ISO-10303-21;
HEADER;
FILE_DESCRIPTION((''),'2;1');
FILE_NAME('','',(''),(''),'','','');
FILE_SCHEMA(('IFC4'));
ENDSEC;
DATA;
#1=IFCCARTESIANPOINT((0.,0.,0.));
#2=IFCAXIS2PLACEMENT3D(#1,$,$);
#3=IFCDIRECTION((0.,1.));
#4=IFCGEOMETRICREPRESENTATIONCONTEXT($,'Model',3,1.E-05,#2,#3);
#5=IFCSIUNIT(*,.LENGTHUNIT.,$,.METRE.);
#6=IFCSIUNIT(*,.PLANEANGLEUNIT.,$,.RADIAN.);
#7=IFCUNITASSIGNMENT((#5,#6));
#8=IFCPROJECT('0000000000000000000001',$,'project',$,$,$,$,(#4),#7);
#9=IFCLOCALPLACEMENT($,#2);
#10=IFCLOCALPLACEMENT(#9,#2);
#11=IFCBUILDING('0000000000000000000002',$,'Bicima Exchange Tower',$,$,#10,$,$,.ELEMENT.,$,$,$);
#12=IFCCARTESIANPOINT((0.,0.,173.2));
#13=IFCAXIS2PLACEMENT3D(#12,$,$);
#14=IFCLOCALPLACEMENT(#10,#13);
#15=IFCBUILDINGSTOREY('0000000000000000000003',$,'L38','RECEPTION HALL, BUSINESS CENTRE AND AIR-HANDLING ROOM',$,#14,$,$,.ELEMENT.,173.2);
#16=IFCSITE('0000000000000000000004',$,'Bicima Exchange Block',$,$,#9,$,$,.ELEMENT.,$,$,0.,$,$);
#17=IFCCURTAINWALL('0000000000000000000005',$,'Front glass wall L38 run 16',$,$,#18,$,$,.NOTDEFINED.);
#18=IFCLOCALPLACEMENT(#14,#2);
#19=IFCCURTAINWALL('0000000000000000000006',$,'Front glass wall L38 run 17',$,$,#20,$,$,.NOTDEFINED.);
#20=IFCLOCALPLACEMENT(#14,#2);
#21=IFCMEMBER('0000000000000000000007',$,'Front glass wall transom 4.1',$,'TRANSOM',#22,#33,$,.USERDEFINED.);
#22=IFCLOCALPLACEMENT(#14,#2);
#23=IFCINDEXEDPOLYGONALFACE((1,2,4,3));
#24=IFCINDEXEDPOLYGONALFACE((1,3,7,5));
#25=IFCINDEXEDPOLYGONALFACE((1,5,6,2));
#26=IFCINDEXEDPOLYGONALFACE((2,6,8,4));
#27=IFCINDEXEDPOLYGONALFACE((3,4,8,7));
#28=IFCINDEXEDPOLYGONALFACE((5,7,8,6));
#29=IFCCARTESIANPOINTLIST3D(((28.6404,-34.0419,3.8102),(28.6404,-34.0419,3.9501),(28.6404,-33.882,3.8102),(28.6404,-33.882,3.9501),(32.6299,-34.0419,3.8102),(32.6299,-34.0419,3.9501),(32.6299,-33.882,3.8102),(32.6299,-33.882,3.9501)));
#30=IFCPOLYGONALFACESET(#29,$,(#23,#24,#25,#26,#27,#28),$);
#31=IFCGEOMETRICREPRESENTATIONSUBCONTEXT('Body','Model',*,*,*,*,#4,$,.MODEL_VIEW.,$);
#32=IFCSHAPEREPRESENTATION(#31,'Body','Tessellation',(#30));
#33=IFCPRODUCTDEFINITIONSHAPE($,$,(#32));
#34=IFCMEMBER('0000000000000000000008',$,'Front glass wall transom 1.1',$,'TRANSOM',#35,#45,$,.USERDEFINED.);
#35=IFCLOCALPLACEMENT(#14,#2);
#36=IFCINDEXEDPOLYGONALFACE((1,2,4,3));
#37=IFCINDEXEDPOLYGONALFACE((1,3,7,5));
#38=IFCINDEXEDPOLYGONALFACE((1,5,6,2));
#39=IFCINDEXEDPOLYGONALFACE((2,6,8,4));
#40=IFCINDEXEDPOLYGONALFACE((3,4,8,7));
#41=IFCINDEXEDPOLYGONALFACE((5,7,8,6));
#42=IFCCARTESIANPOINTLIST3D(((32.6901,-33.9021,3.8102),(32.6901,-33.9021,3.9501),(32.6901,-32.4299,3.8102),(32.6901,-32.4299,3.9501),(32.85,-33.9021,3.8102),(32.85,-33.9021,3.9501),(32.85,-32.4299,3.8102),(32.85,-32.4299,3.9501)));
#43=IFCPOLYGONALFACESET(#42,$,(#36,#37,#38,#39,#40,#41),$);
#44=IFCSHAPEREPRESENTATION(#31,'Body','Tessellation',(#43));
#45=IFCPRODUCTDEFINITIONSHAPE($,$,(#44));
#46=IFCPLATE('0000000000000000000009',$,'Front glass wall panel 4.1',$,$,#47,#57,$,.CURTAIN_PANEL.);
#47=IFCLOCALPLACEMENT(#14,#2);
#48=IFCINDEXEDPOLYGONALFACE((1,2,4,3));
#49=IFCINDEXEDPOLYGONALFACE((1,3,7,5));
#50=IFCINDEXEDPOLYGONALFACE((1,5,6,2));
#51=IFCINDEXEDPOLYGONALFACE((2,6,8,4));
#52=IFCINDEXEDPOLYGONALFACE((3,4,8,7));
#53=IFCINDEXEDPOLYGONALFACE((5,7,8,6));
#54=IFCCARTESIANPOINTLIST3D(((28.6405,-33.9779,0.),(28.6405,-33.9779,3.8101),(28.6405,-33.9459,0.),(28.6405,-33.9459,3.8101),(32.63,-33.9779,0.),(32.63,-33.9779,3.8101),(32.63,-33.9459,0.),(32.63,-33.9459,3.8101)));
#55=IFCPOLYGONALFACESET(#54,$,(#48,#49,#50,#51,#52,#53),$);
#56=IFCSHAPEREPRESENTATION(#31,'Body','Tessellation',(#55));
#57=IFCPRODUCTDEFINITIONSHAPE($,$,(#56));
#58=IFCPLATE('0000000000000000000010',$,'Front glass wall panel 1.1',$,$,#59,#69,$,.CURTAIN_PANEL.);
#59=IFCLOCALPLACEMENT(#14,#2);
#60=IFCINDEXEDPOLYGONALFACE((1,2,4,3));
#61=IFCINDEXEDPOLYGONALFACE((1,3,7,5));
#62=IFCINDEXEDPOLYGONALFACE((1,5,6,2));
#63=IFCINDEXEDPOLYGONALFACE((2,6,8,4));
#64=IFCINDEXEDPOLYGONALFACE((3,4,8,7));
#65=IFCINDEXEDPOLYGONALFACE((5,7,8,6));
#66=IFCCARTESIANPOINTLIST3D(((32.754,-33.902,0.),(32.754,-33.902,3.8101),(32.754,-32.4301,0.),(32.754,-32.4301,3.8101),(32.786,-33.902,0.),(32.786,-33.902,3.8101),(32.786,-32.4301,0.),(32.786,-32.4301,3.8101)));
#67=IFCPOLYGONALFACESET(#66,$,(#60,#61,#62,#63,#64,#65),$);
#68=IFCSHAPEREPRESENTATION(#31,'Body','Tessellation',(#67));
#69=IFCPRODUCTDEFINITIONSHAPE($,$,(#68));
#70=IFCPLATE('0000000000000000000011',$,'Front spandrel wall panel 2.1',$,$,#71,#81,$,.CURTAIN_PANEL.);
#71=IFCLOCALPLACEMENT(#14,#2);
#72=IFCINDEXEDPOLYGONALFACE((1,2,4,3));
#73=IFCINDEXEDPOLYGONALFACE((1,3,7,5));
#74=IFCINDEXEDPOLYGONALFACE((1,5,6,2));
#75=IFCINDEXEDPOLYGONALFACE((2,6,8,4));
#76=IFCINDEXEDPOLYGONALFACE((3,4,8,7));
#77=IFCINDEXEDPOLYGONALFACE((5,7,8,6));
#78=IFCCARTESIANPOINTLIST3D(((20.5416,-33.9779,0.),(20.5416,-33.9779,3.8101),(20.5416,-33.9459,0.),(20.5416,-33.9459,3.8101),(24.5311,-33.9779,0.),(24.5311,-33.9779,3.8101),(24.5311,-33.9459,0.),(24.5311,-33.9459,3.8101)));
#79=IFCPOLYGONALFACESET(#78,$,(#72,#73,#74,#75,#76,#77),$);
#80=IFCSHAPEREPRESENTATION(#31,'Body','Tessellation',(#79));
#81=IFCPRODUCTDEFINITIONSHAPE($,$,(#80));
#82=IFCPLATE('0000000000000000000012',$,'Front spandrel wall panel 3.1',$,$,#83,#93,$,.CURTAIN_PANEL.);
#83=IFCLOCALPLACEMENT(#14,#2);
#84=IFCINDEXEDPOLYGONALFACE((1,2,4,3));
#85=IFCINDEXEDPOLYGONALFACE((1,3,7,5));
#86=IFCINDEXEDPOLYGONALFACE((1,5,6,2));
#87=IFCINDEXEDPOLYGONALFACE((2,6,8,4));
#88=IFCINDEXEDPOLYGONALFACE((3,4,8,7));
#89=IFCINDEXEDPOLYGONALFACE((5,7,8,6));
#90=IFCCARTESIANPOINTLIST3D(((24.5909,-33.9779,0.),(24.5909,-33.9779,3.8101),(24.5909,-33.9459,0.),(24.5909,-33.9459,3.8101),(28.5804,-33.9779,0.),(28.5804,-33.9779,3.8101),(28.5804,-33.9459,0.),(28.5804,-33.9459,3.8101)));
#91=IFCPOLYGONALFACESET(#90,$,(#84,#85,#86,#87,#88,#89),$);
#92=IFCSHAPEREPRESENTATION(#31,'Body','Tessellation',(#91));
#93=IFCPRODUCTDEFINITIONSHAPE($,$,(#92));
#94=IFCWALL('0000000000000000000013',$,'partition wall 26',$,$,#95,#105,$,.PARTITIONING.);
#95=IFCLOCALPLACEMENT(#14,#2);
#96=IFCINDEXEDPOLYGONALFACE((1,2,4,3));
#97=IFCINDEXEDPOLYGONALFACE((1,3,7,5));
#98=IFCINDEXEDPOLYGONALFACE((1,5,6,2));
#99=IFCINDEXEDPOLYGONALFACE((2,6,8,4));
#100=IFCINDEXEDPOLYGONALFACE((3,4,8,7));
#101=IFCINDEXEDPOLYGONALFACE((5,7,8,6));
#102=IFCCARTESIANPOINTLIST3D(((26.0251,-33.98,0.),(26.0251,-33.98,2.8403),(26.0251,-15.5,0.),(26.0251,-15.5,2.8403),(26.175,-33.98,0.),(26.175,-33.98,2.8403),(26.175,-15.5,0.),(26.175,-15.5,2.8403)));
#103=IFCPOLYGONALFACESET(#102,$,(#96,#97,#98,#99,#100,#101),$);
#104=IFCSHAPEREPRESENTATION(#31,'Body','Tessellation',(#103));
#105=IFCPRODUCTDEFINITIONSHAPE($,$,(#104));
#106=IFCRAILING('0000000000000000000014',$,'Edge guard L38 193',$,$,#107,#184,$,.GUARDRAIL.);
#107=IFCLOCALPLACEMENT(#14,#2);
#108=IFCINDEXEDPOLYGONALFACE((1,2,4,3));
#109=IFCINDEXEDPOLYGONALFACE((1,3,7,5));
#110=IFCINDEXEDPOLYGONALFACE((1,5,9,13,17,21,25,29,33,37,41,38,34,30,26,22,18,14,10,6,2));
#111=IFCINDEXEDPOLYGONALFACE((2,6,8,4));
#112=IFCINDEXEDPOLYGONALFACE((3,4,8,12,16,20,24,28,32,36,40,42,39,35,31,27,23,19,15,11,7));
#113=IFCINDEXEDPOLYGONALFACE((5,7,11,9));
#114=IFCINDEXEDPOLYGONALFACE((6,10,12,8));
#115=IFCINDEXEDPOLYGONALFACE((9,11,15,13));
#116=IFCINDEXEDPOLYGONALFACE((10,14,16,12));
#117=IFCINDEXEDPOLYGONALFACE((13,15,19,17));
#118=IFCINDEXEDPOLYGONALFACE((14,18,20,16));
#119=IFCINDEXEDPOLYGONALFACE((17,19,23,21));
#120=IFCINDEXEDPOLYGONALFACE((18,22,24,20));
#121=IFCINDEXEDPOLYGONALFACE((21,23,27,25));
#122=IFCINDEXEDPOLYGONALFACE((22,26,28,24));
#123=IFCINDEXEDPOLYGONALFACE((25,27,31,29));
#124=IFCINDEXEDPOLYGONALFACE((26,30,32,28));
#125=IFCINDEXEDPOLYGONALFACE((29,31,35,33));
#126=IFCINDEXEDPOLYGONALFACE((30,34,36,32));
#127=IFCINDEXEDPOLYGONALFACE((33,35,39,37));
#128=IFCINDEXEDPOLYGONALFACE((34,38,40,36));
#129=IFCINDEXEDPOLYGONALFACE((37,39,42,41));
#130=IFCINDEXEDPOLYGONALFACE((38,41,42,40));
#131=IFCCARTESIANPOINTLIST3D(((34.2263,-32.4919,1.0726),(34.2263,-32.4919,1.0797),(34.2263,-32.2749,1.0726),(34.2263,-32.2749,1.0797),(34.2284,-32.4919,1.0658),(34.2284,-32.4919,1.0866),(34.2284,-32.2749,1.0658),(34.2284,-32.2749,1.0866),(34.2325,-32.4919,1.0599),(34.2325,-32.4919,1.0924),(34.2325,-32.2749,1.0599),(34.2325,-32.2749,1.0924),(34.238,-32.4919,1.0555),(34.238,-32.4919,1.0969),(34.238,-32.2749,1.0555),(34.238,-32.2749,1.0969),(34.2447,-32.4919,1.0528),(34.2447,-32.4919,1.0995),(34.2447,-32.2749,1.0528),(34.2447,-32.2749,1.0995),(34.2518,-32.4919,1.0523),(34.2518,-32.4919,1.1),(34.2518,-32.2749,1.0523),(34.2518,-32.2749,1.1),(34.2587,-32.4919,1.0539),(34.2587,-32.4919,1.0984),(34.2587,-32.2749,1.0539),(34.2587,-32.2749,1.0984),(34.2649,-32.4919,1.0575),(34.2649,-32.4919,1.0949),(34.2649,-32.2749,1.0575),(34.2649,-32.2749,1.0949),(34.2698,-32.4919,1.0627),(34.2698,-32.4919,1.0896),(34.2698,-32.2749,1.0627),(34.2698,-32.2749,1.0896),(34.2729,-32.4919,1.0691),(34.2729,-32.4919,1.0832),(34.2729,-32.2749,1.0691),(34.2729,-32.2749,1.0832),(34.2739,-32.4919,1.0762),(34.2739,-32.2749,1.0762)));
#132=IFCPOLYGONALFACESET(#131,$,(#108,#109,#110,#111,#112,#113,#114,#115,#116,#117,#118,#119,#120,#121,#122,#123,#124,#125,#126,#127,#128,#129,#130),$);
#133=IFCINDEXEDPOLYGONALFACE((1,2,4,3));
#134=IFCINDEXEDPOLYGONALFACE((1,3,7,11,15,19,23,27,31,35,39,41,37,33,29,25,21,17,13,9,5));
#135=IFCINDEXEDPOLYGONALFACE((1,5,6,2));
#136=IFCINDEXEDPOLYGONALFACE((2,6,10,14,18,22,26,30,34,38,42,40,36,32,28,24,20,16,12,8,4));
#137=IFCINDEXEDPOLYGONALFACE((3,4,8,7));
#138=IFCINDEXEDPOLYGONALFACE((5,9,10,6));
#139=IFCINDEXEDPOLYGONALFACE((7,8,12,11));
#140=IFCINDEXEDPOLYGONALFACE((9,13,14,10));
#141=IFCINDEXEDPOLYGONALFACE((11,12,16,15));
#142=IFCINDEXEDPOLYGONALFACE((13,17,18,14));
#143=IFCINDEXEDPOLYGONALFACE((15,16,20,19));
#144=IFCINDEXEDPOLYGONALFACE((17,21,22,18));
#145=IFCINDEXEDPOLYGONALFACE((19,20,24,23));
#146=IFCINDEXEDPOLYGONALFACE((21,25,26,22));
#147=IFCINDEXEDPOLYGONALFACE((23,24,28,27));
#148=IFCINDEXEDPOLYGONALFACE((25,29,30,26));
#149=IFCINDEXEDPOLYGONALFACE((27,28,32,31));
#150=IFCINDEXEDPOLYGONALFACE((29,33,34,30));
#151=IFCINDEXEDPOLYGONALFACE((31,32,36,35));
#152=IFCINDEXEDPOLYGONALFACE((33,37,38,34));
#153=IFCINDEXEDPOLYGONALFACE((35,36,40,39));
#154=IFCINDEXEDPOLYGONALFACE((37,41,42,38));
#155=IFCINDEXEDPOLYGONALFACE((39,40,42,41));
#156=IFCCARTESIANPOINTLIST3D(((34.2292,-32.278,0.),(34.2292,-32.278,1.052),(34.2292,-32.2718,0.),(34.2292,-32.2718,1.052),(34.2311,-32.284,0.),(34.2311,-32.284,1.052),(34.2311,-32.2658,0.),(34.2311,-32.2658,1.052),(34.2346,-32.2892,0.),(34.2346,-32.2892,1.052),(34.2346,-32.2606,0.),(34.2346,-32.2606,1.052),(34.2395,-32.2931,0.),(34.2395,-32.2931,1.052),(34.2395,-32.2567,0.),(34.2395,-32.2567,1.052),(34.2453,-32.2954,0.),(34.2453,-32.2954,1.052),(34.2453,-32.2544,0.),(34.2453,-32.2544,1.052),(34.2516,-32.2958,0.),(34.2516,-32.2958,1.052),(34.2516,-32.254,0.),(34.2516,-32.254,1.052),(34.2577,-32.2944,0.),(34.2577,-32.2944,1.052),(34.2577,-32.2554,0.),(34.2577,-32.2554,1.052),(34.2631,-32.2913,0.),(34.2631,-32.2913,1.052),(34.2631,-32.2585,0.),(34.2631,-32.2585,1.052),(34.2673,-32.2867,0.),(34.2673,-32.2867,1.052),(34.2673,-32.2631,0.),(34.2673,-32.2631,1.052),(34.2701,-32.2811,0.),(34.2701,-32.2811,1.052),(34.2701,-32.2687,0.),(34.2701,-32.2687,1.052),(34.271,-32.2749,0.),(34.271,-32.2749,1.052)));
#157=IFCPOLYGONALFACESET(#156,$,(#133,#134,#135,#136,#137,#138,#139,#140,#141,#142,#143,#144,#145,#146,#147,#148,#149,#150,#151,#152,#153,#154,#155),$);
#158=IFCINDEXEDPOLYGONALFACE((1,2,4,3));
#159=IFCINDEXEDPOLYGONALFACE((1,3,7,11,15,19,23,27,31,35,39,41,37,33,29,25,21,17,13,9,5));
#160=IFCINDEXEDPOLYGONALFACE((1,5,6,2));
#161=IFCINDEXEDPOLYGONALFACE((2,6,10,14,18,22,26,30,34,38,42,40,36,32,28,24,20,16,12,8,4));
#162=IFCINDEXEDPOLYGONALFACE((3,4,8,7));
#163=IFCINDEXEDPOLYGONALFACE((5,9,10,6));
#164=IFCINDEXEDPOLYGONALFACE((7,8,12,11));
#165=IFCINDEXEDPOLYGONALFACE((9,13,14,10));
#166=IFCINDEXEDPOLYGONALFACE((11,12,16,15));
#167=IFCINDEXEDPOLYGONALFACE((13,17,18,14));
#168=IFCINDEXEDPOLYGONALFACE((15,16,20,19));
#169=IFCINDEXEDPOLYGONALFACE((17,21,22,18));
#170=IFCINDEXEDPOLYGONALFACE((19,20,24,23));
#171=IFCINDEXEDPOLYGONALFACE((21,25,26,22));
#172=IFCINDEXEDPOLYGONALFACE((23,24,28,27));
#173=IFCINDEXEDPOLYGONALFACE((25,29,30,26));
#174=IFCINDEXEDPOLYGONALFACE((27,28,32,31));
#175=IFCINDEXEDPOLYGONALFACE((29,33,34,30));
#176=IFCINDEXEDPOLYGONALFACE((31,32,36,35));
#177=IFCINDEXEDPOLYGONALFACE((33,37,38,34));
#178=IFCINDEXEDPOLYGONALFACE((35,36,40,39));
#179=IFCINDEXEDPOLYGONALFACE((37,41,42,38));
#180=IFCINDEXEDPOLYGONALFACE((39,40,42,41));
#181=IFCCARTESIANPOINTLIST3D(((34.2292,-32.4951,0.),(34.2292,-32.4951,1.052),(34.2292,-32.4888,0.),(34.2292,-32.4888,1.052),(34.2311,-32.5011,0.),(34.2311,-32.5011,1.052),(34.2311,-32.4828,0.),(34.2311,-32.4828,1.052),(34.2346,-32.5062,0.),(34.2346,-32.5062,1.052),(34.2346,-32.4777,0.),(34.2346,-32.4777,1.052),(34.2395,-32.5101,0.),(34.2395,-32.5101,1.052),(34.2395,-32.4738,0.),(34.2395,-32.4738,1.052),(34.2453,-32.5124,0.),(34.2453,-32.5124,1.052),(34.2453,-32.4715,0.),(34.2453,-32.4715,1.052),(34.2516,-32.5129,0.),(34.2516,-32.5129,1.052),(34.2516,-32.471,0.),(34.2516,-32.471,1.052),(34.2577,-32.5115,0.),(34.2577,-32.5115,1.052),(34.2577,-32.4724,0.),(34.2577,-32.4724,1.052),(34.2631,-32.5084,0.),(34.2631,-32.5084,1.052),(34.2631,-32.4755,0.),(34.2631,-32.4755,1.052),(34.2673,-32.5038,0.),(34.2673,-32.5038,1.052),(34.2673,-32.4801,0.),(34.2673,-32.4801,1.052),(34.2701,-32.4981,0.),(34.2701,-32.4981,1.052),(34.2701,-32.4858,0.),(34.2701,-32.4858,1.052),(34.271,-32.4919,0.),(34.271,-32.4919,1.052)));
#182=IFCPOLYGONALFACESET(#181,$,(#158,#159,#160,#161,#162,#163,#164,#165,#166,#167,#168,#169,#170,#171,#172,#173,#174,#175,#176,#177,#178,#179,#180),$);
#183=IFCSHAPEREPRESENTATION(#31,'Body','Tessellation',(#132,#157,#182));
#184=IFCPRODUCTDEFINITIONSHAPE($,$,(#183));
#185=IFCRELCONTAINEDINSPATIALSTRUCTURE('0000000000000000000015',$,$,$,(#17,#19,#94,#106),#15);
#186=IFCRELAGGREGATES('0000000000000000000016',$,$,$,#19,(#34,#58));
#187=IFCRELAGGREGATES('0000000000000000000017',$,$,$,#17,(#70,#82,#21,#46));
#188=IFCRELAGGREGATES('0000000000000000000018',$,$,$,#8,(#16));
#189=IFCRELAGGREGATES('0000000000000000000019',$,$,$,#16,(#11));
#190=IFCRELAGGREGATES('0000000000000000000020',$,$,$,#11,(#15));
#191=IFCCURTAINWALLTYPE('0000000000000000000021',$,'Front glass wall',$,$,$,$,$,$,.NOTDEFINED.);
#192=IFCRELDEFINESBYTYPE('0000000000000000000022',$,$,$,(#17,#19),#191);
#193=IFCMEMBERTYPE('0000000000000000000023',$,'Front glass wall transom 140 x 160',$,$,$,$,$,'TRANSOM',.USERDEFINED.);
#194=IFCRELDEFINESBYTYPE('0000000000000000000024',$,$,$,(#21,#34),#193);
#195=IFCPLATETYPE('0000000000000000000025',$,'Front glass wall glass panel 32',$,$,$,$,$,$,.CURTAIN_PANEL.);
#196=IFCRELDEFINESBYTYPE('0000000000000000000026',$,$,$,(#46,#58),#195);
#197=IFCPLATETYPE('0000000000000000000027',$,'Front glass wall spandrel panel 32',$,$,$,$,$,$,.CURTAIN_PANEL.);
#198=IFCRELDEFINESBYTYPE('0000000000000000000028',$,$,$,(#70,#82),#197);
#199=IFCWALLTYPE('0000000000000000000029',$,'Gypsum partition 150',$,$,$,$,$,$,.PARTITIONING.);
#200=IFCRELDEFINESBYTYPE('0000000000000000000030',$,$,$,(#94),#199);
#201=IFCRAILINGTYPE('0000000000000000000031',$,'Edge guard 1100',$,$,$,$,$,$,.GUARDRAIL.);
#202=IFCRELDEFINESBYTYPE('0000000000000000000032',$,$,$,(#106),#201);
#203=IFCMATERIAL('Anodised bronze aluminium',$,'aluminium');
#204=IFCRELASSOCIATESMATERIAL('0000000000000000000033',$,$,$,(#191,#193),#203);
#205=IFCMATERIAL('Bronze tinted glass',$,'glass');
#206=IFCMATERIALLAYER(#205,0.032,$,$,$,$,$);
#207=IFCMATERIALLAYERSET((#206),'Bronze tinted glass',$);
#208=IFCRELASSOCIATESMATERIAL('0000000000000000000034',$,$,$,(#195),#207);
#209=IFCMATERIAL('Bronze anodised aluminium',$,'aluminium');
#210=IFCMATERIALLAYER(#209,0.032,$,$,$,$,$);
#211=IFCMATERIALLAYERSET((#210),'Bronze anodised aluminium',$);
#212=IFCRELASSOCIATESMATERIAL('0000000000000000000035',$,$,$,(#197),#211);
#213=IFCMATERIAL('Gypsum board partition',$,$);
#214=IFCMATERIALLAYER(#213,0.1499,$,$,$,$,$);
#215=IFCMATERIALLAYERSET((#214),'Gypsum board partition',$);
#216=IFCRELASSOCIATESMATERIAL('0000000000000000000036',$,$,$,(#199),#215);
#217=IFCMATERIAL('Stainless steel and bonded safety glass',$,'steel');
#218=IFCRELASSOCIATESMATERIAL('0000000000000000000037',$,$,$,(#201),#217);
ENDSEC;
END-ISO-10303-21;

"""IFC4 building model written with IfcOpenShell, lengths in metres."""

from ifc_helpers import new_model, si_unit, direction, frame, frame_2d, origin, origin_2d, place, context, subcontext, project, spatial, rectangle, circle, extrude, material, layer, layer_set, material_profile, profile_set, type_object, element, aggregate, save


model = new_model("IFC4")

# Units and contexts
model_context = context("Model", 3, precision=1e-05, world=origin(), true_north=direction((0.0, 1.0)))
body_context = subcontext(model_context, "Body", "Model", "MODEL_VIEW")
ifc_project = project(units=[si_unit("LENGTHUNIT", "METRE"), si_unit("PLANEANGLEUNIT", "RADIAN")], contexts=[model_context])

# Site, building, storey
site_placement = place(None, origin())
site = spatial("IfcSite", under=ifc_project, at=site_placement, Name="Bicima Exchange Block", CompositionType="ELEMENT", RefElevation=0.0)
building_placement = place(site_placement, origin())
building = spatial("IfcBuilding", under=site, at=building_placement, Name="Bicima Exchange Tower", CompositionType="ELEMENT")
storey_placement = place(building_placement, frame((0.0, 0.0, 173.2)))
storey = spatial("IfcBuildingStorey", under=building, at=storey_placement, Name="L38", Description="RECEPTION HALL, BUSINESS CENTRE AND AIR-HANDLING ROOM", CompositionType="ELEMENT", Elevation=173.2)

# Curtain walls
ifc_material_1 = material(Name="Anodised bronze aluminium", Category="aluminium")
curtain_wall_type = type_object("IfcCurtainWallType", Name="Front glass wall", PredefinedType="NOTDEFINED", material=ifc_material_1)
curtain_wall_1_placement = place(storey_placement, origin())
curtain_wall_1 = element("IfcCurtainWall", 1, at=curtain_wall_1_placement, inside=storey, type_object=curtain_wall_type, Name="Front glass wall L38 run 16", PredefinedType="NOTDEFINED")
curtain_wall_2_placement = place(storey_placement, origin())
curtain_wall_2 = element("IfcCurtainWall", 2, at=curtain_wall_2_placement, inside=storey, type_object=curtain_wall_type, Name="Front glass wall L38 run 17", PredefinedType="NOTDEFINED")

# Members
ifc_material_profile_1 = material_profile(ifc_material_1, rectangle(XDim=0.1599, YDim=0.1399, at=origin_2d()))
ifc_profile_set_1 = profile_set([ifc_material_profile_1], Name="Anodised bronze aluminium")
member_type_1 = type_object("IfcMemberType", Name="Front glass wall transom 140 x 160", ElementType="TRANSOM", PredefinedType="USERDEFINED", material=ifc_profile_set_1)
member_1_placement = place(storey_placement, frame((28.6404, -33.9619, 3.8801), z_axis=(1.0, 0.0, 0.0), x_axis=(0.0, 1.0, 0.0)))
member_1 = element("IfcMember", 3, at=member_1_placement, type_object=member_type_1, Name="Front glass wall transom 4.1", ObjectType="TRANSOM", PredefinedType="USERDEFINED", context=body_context, shape_type="SweptSolid", body=[
    extrude(rectangle(XDim=0.1599, YDim=0.1399, at=origin_2d()), origin(), (0.0, 0.0, 1.0), 3.9895),
])
member_2_placement = place(storey_placement, frame((32.77, -33.9021, 3.8801), z_axis=(0.0, 1.0, 0.0), x_axis=(-1.0, 0.0, 0.0)))
member_2 = element("IfcMember", 4, at=member_2_placement, type_object=member_type_1, Name="Front glass wall transom 1.1", ObjectType="TRANSOM", PredefinedType="USERDEFINED", context=body_context, shape_type="SweptSolid", body=[
    extrude(rectangle(XDim=0.1599, YDim=0.1399, at=origin_2d()), origin(), (0.0, 0.0, 1.0), 1.4722),
])

# Plates
ifc_material_2 = material(Name="Bronze tinted glass", Category="glass")
ifc_layer_1 = layer(ifc_material_2, 0.032)
ifc_layer_set_1 = layer_set([ifc_layer_1], Name="Bronze tinted glass")
plate_type_1 = type_object("IfcPlateType", Name="Front glass wall glass panel 32", PredefinedType="CURTAIN_PANEL", material=ifc_layer_set_1)
plate_1_placement = place(storey_placement, frame((30.6353, -33.9619, 0.0), z_axis=(0.0, 0.0, 1.0), x_axis=(1.0, 0.0, 0.0)))
plate_1 = element("IfcPlate", 5, at=plate_1_placement, type_object=plate_type_1, Name="Front glass wall panel 4.1", PredefinedType="CURTAIN_PANEL", context=body_context, shape_type="SweptSolid", body=[
    extrude(rectangle(XDim=3.9895, YDim=0.032, at=origin_2d()), origin(), (0.0, 0.0, 1.0), 3.8101),
])
plate_2_placement = place(storey_placement, frame((32.77, -33.166, 0.0), z_axis=(0.0, 0.0, 1.0), x_axis=(0.0, 1.0, 0.0)))
plate_2 = element("IfcPlate", 6, at=plate_2_placement, type_object=plate_type_1, Name="Front glass wall panel 1.1", PredefinedType="CURTAIN_PANEL", context=body_context, shape_type="SweptSolid", body=[
    extrude(rectangle(XDim=1.4719, YDim=0.032, at=origin_2d()), origin(), (0.0, 0.0, 1.0), 3.8101),
])
aggregate(curtain_wall_2, [member_2, plate_2])
ifc_material_3 = material(Name="Bronze anodised aluminium", Category="aluminium")
ifc_layer_2 = layer(ifc_material_3, 0.032)
ifc_layer_set_2 = layer_set([ifc_layer_2], Name="Bronze anodised aluminium")
plate_type_2 = type_object("IfcPlateType", Name="Front glass wall spandrel panel 32", PredefinedType="CURTAIN_PANEL", material=ifc_layer_set_2)
plate_3_placement = place(storey_placement, frame((22.5364, -33.9619, 0.0), z_axis=(0.0, 0.0, 1.0), x_axis=(1.0, 0.0, 0.0)))
plate_3 = element("IfcPlate", 7, at=plate_3_placement, type_object=plate_type_2, Name="Front spandrel wall panel 2.1", PredefinedType="CURTAIN_PANEL", context=body_context, shape_type="SweptSolid", body=[
    extrude(rectangle(XDim=3.9895, YDim=0.032, at=origin_2d()), origin(), (0.0, 0.0, 1.0), 3.8101),
])
plate_4_placement = place(storey_placement, frame((26.5857, -33.9619, 0.0), z_axis=(0.0, 0.0, 1.0), x_axis=(1.0, 0.0, 0.0)))
plate_4 = element("IfcPlate", 8, at=plate_4_placement, type_object=plate_type_2, Name="Front spandrel wall panel 3.1", PredefinedType="CURTAIN_PANEL", context=body_context, shape_type="SweptSolid", body=[
    extrude(rectangle(XDim=3.9895, YDim=0.032, at=origin_2d()), origin(), (0.0, 0.0, 1.0), 3.8101),
])
aggregate(curtain_wall_1, [plate_3, plate_4, member_1, plate_1])

# Wall
ifc_material_4 = material(Name="Gypsum board partition")
ifc_layer_3 = layer(ifc_material_4, 0.1499)
ifc_layer_set_3 = layer_set([ifc_layer_3], Name="Gypsum board partition")
wall_type = type_object("IfcWallType", Name="Gypsum partition 150", PredefinedType="PARTITIONING", material=ifc_layer_set_3)
wall_placement = place(storey_placement, frame((26.1001, -33.98, 0.0), z_axis=(0.0, 0.0, 1.0), x_axis=(0.0, 1.0, 0.0)))
element("IfcWall", 9, at=wall_placement, inside=storey, type_object=wall_type, Name="partition wall 26", PredefinedType="PARTITIONING", context=body_context, shape_type="SweptSolid", body=[
    extrude(rectangle(XDim=18.48, YDim=0.1499, at=frame_2d((9.24, 0.0))), origin(), (0.0, 0.0, 1.0), 2.8403),
])

# Railing
ifc_material_5 = material(Name="Stainless steel and bonded safety glass", Category="steel")
railing_type = type_object("IfcRailingType", Name="Edge guard 1100", PredefinedType="GUARDRAIL", material=ifc_material_5)
railing_1_placement = place(storey_placement, frame((34.25, -32.2749, 0.0)))
element("IfcRailing", 10, at=railing_1_placement, inside=storey, type_object=railing_type, Name="Edge guard L38 193", PredefinedType="GUARDRAIL", context=body_context, shape_type="SweptSolid", body=[
    extrude(circle(Radius=0.0239, at=origin_2d()), frame((0.0, 0.0, 1.0762), z_axis=(0.0, -1.0, 0.0), x_axis=(1.0, 0.0, 0.0)), (0.0, 0.0, 1.0), 0.217),
    extrude(circle(Radius=0.021, at=origin_2d()), origin(), (0.0, 0.0, 1.0), 1.052),
    extrude(circle(Radius=0.021, at=origin_2d()), frame((0.0, -0.217, 0.0)), (0.0, 0.0, 1.0), 1.052),
])

save(model, "model.ifc")
